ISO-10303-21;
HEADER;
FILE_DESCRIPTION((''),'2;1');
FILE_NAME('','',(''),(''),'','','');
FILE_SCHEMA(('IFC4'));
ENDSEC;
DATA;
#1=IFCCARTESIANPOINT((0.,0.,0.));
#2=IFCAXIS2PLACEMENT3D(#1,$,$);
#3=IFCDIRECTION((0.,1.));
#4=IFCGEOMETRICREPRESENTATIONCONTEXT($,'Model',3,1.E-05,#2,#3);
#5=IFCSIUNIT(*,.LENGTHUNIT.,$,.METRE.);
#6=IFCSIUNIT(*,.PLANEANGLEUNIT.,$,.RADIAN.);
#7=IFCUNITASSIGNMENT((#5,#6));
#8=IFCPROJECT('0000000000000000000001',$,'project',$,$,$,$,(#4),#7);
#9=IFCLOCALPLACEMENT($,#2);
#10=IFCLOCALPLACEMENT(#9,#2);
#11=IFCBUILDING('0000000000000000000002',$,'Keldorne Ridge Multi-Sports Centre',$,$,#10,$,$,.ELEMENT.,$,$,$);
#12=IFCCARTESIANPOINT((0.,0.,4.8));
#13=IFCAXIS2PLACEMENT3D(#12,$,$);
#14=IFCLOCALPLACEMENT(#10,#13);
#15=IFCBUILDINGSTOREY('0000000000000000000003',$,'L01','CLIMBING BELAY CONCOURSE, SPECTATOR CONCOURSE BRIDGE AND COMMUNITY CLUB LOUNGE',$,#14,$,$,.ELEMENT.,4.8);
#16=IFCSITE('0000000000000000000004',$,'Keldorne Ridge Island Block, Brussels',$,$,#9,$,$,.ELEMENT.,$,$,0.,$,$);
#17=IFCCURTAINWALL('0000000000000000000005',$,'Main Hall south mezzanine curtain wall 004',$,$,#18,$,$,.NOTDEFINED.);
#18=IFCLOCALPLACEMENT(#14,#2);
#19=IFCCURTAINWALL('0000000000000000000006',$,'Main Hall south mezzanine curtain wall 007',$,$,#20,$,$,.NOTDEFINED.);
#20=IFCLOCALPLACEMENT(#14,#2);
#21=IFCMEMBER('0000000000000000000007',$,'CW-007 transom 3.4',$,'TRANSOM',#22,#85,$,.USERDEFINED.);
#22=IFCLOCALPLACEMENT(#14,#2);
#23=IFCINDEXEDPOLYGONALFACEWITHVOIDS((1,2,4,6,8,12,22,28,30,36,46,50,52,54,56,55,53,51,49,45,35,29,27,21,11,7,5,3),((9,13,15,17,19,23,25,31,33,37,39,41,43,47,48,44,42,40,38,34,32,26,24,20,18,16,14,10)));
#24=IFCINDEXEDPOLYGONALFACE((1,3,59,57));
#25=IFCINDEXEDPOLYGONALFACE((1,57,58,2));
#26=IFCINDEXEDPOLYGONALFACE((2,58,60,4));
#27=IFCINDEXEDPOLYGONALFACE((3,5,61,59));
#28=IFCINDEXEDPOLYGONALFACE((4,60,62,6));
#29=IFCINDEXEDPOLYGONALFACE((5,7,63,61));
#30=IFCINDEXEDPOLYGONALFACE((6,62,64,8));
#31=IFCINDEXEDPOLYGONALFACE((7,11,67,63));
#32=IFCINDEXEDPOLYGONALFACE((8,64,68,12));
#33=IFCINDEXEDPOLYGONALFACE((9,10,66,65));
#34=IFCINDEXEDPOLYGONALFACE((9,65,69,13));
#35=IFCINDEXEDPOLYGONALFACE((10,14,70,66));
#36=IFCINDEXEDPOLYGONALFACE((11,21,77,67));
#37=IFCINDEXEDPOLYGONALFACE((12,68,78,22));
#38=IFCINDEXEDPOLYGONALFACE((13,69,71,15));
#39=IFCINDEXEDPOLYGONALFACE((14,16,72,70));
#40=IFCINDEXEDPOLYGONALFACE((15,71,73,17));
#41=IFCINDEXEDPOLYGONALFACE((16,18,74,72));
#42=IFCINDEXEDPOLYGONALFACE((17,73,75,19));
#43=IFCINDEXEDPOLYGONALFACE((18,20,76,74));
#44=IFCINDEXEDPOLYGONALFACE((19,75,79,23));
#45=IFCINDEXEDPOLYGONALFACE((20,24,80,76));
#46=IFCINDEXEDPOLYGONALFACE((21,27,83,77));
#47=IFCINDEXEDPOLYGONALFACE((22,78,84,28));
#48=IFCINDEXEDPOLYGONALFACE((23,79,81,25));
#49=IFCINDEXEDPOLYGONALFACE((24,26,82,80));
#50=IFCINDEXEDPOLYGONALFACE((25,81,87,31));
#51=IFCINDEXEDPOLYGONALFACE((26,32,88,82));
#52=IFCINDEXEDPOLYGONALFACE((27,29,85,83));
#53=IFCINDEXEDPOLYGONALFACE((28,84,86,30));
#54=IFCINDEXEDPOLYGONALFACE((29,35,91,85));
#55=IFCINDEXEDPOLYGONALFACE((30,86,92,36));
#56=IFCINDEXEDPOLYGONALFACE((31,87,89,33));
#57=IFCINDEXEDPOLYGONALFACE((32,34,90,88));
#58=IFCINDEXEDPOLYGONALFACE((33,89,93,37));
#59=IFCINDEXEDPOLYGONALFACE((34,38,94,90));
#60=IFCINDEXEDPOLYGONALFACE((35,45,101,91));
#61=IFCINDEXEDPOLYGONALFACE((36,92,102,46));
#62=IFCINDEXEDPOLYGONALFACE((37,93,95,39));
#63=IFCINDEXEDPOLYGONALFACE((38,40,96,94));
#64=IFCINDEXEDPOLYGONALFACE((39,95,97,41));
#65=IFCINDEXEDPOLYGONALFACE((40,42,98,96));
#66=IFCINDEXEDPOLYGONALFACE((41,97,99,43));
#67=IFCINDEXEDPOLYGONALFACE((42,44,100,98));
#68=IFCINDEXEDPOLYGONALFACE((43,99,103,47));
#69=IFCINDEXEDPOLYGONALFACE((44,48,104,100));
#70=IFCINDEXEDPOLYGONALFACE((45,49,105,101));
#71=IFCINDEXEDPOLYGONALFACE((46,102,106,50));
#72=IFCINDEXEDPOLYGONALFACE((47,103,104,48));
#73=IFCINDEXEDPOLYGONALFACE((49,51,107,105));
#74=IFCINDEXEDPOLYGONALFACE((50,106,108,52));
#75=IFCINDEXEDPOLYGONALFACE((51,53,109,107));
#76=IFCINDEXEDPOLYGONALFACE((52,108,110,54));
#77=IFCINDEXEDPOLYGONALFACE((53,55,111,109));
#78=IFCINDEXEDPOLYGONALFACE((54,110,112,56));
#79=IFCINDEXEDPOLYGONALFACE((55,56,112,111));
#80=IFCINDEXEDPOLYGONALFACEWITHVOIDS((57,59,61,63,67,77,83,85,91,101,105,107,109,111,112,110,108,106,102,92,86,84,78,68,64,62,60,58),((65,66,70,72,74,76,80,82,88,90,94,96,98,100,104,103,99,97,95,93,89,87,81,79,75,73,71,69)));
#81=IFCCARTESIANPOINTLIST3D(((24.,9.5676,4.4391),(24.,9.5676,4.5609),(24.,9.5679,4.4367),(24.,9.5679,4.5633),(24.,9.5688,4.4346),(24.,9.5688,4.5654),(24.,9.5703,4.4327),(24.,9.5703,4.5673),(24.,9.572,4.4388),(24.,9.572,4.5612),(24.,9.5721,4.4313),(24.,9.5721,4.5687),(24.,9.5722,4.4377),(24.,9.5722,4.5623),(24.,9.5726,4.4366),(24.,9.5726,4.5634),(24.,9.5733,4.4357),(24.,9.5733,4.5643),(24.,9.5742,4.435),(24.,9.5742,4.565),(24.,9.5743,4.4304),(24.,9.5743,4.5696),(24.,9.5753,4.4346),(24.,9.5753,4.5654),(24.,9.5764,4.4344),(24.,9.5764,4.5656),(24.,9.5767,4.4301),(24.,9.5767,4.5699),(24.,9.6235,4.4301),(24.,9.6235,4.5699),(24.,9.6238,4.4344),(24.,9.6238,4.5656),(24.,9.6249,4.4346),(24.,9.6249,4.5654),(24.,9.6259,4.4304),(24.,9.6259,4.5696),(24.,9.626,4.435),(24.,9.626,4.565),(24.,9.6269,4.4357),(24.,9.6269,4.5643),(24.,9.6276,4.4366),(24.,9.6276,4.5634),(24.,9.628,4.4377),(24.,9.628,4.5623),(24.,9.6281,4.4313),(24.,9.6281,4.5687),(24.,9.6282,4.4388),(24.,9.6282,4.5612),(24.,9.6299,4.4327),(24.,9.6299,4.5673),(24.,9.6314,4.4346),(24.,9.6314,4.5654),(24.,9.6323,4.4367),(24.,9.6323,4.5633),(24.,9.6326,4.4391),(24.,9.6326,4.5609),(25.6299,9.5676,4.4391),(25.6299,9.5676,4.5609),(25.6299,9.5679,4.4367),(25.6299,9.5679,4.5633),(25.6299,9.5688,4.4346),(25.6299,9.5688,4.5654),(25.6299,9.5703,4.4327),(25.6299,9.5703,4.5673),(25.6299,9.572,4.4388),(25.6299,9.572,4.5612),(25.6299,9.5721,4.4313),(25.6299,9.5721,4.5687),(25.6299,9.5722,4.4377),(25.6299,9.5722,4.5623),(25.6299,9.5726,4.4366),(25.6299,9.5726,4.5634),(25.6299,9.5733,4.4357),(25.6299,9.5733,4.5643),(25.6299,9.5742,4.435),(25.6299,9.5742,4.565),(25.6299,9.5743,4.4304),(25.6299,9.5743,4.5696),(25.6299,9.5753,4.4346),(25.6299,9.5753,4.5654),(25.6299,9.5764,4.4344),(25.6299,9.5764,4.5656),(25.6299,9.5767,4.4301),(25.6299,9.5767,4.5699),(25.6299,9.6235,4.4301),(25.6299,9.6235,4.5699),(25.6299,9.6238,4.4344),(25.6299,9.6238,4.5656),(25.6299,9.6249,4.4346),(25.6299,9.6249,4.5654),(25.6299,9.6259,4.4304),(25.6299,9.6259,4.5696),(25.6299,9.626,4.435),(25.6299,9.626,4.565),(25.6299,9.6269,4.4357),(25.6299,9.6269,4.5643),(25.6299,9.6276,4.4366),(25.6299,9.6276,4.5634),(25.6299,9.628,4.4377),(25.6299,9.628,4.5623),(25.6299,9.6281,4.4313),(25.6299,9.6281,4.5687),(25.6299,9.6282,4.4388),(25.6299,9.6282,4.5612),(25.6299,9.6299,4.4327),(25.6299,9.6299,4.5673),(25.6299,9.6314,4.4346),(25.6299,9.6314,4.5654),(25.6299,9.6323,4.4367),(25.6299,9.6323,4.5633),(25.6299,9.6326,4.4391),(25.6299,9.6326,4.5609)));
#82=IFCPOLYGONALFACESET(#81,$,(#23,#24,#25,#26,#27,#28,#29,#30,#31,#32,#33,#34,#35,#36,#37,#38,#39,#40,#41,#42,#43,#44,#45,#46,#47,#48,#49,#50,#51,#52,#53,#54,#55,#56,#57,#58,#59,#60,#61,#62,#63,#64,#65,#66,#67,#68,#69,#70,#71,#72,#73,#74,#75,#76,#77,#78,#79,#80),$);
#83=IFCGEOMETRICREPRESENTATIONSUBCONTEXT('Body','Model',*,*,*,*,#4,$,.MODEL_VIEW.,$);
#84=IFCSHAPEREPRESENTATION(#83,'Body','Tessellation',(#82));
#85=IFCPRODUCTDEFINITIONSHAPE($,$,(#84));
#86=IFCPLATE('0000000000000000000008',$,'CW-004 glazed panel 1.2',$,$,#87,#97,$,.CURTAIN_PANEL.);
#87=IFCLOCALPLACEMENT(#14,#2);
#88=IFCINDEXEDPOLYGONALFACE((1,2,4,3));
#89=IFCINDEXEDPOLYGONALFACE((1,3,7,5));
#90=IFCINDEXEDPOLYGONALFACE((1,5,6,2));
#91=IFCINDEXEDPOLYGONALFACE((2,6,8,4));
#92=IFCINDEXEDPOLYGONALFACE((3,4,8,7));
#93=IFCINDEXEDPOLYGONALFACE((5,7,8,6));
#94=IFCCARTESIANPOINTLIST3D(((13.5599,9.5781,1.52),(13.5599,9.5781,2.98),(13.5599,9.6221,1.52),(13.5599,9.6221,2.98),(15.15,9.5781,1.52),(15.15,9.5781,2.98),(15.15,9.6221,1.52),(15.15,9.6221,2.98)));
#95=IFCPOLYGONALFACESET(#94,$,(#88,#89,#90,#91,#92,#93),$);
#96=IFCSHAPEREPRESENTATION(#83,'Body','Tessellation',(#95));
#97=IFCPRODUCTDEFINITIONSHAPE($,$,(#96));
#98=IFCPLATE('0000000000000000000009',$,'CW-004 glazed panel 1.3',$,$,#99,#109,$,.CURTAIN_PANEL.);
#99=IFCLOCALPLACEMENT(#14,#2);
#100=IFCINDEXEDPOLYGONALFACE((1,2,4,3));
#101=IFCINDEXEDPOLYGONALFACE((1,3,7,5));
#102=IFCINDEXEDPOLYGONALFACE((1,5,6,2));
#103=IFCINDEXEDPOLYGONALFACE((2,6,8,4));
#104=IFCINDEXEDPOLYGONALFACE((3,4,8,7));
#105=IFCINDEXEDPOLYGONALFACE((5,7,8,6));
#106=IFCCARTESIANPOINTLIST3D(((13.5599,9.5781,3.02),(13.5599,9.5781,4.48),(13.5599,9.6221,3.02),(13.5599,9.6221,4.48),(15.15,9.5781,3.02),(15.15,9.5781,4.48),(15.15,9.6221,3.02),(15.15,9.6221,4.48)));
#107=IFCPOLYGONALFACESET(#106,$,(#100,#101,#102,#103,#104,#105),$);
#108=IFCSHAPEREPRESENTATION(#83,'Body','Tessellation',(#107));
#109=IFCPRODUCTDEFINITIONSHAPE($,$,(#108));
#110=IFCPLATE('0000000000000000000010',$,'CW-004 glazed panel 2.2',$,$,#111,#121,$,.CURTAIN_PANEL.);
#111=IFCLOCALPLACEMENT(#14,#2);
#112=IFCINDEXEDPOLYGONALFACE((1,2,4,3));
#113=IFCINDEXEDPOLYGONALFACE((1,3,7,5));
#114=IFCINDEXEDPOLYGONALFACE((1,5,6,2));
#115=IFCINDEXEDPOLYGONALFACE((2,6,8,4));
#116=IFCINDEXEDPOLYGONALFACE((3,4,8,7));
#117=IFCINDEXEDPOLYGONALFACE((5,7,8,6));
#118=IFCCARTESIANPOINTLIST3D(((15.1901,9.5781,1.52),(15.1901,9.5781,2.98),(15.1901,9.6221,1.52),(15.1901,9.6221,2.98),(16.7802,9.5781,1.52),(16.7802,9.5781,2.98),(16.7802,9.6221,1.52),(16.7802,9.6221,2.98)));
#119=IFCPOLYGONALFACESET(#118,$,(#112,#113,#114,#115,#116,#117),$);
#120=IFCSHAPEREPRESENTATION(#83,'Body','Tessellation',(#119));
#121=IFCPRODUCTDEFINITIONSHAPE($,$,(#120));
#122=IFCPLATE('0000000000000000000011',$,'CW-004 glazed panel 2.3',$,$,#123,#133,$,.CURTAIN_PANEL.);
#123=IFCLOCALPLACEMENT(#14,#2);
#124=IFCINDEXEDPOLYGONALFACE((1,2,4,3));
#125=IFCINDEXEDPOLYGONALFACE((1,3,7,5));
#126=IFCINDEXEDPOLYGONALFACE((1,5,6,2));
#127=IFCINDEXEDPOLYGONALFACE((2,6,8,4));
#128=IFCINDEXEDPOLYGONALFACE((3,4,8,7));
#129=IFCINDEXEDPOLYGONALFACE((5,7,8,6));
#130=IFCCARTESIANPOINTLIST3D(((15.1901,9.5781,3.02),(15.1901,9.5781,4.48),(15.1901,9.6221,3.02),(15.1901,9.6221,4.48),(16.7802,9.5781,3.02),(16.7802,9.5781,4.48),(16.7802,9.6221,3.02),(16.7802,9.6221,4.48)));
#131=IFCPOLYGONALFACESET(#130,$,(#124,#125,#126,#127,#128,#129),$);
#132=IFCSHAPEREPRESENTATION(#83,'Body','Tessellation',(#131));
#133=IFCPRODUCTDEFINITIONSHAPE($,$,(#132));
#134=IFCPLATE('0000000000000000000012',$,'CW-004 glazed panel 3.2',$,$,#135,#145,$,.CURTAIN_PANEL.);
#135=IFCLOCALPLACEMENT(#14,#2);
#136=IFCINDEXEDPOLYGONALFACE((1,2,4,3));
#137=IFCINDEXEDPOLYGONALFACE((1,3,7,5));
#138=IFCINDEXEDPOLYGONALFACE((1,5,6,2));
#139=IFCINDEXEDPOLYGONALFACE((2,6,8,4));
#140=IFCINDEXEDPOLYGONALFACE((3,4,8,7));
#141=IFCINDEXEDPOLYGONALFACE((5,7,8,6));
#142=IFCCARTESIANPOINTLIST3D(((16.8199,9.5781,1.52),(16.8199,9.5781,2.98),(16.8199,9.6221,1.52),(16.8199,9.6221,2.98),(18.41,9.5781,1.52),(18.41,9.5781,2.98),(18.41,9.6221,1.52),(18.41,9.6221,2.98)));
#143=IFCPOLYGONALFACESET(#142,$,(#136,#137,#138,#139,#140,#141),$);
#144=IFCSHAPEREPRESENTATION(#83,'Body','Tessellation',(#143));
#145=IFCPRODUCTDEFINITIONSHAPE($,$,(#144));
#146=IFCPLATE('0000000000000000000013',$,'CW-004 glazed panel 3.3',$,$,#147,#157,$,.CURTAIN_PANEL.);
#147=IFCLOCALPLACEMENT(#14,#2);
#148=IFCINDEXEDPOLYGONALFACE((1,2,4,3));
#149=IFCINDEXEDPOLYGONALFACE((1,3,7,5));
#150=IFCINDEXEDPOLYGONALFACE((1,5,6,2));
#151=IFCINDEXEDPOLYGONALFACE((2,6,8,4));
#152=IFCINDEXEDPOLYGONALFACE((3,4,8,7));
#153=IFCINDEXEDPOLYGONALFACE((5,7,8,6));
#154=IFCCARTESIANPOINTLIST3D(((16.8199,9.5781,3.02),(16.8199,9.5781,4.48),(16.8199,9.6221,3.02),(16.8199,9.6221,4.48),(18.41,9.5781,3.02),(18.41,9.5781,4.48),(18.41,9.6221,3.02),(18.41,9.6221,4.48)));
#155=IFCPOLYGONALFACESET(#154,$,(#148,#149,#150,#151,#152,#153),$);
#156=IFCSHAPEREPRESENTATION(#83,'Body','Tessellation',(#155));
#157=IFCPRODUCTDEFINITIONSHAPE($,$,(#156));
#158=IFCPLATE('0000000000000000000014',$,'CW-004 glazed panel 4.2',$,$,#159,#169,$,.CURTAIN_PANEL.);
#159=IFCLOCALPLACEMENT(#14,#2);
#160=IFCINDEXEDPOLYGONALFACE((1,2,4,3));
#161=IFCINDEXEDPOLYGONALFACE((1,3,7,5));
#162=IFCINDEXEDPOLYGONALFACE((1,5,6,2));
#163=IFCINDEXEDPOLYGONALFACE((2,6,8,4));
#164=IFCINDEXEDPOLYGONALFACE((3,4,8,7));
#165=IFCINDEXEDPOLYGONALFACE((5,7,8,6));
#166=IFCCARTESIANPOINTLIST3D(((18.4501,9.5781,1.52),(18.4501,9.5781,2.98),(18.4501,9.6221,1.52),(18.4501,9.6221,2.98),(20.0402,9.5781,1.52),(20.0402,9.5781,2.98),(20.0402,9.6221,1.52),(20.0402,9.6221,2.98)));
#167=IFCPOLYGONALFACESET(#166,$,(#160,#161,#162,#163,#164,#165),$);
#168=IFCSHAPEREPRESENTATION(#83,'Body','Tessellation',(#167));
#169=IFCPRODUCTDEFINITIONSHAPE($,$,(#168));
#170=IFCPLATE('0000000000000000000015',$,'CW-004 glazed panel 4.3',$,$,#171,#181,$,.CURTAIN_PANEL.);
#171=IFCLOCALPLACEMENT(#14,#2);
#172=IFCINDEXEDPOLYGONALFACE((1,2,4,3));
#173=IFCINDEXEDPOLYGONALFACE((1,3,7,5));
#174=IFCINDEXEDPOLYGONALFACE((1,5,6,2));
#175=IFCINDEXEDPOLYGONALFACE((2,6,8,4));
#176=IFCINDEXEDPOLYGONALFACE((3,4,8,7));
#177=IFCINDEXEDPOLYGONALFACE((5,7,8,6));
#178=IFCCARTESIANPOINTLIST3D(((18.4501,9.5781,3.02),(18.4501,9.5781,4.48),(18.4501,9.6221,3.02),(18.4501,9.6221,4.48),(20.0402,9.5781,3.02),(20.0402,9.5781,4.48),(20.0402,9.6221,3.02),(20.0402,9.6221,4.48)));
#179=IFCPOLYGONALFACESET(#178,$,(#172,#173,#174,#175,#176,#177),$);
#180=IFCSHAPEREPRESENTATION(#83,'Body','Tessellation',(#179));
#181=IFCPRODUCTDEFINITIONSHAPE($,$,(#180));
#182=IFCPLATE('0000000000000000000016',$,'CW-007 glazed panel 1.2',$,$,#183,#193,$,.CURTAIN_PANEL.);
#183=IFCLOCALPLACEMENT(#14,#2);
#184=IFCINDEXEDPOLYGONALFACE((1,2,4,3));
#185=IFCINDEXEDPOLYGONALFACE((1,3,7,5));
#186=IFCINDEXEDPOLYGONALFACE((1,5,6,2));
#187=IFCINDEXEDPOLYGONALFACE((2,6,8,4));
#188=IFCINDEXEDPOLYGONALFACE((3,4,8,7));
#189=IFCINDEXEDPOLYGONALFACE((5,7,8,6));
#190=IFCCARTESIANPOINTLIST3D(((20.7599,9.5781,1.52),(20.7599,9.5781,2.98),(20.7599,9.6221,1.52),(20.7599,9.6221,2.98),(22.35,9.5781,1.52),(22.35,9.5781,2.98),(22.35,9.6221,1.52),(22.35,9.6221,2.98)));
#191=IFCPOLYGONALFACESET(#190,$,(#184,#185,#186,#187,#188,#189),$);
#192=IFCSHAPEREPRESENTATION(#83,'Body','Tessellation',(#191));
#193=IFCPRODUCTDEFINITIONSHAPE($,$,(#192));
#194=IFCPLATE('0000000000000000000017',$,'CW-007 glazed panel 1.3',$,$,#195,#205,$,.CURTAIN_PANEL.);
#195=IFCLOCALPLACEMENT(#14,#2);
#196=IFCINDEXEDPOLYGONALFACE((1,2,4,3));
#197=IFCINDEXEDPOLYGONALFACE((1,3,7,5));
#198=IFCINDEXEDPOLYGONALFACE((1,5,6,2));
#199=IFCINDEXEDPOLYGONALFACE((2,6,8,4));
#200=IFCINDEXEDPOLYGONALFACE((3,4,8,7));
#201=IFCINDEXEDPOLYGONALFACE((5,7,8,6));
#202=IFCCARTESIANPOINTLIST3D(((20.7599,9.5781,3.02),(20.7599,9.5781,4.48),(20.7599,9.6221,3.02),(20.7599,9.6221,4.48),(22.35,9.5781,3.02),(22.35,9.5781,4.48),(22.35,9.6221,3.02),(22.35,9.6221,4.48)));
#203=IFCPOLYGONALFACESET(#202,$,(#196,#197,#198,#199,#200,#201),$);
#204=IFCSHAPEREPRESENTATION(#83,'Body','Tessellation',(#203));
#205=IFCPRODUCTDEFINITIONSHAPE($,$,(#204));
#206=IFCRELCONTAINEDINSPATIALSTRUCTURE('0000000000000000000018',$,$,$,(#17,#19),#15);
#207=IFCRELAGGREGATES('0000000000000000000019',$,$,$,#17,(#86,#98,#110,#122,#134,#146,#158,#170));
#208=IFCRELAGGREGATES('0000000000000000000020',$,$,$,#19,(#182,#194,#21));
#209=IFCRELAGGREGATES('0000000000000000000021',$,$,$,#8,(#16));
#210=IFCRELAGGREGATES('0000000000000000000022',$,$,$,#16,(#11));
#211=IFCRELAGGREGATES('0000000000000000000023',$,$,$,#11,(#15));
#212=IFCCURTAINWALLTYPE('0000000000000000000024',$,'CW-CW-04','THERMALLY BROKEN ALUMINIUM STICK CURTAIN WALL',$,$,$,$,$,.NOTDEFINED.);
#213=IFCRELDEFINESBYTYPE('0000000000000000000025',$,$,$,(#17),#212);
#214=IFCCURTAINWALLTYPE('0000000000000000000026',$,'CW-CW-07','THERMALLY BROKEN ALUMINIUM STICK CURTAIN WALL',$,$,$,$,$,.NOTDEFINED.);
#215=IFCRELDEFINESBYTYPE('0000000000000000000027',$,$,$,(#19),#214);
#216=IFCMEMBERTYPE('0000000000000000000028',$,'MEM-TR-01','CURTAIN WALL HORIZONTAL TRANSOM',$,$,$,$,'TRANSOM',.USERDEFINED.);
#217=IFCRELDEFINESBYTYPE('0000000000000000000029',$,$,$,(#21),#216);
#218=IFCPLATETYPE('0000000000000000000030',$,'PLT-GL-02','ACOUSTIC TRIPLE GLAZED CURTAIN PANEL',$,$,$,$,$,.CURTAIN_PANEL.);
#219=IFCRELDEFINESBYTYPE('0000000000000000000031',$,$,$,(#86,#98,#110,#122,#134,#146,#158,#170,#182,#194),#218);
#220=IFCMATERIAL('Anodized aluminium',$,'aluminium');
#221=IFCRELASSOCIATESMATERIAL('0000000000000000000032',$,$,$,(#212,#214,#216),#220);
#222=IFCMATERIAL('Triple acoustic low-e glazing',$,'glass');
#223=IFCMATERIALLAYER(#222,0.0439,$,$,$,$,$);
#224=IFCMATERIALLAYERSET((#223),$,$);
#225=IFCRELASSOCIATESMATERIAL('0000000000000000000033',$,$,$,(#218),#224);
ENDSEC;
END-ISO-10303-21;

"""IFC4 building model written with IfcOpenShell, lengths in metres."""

from ifc_helpers import new_model, si_unit, direction, frame, origin, origin_2d, place, context, subcontext, project, spatial, rectangle, hollow_rectangle, extrude, material, layer, layer_set, material_profile, profile_set, type_object, element, aggregate, save


model = new_model("IFC4")

# Units and contexts
model_context = context("Model", 3, precision=1e-05, world=origin(), true_north=direction((0.0, 1.0)))
body_context = subcontext(model_context, "Body", "Model", "MODEL_VIEW")
ifc_project = project(units=[si_unit("LENGTHUNIT", "METRE"), si_unit("PLANEANGLEUNIT", "RADIAN")], contexts=[model_context])

# Site, building, storey
site_placement = place(None, origin())
site = spatial("IfcSite", under=ifc_project, at=site_placement, Name="Keldorne Ridge Island Block, Brussels", CompositionType="ELEMENT", RefElevation=0.0)
building_placement = place(site_placement, origin())
building = spatial("IfcBuilding", under=site, at=building_placement, Name="Keldorne Ridge Multi-Sports Centre", CompositionType="ELEMENT")
storey_placement = place(building_placement, frame((0.0, 0.0, 4.8)))
storey = spatial("IfcBuildingStorey", under=building, at=storey_placement, Name="L01", Description="CLIMBING BELAY CONCOURSE, SPECTATOR CONCOURSE BRIDGE AND COMMUNITY CLUB LOUNGE", CompositionType="ELEMENT", Elevation=4.8)

# Curtain walls, member
ifc_material_1 = material(Name="Anodized aluminium", Category="aluminium")
curtain_wall_type_1 = type_object("IfcCurtainWallType", Name="CW-CW-04", Description="THERMALLY BROKEN ALUMINIUM STICK CURTAIN WALL", PredefinedType="NOTDEFINED", material=ifc_material_1)
curtain_wall_1_placement = place(storey_placement, origin())
curtain_wall_1 = element("IfcCurtainWall", 1, at=curtain_wall_1_placement, inside=storey, type_object=curtain_wall_type_1, Name="Main Hall south mezzanine curtain wall 004", PredefinedType="NOTDEFINED")
ifc_material_profile_1 = material_profile(ifc_material_1, hollow_rectangle(XDim=0.0649, YDim=0.1399, WallThickness=0.0044, InnerFilletRadius=0.0044, OuterFilletRadius=0.009, at=origin_2d()), Name="ALU TRANSOM 140x65x4.5")
ifc_profile_set_1 = profile_set([ifc_material_profile_1], Name="Anodized aluminium")
member_type = type_object("IfcMemberType", Name="MEM-TR-01", Description="CURTAIN WALL HORIZONTAL TRANSOM", ElementType="TRANSOM", PredefinedType="USERDEFINED", material=ifc_profile_set_1)
curtain_wall_type_2 = type_object("IfcCurtainWallType", Name="CW-CW-07", Description="THERMALLY BROKEN ALUMINIUM STICK CURTAIN WALL", PredefinedType="NOTDEFINED", material=ifc_material_1)
curtain_wall_2_placement = place(storey_placement, origin())
curtain_wall_2 = element("IfcCurtainWall", 2, at=curtain_wall_2_placement, inside=storey, type_object=curtain_wall_type_2, Name="Main Hall south mezzanine curtain wall 007", PredefinedType="NOTDEFINED")
member_1_placement = place(storey_placement, frame((24.0, 9.6001, 4.5), z_axis=(1.0, 0.0, 0.0), x_axis=(0.0, 1.0, 0.0)))
member_1 = element("IfcMember", 3, at=member_1_placement, type_object=member_type, Name="CW-007 transom 3.4", ObjectType="TRANSOM", PredefinedType="USERDEFINED", context=body_context, shape_type="SweptSolid", body=[
    extrude(hollow_rectangle(XDim=0.0649, YDim=0.1399, WallThickness=0.0044, InnerFilletRadius=0.0044, OuterFilletRadius=0.009, at=origin_2d()), origin(), (0.0, 0.0, 1.0), 1.6299),
])

# Plates
ifc_material_2 = material(Name="Triple acoustic low-e glazing", Category="glass")
ifc_layer_1 = layer(ifc_material_2, 0.0439)
ifc_layer_set_1 = layer_set([ifc_layer_1])
plate_type_1 = type_object("IfcPlateType", Name="PLT-GL-02", Description="ACOUSTIC TRIPLE GLAZED CURTAIN PANEL", PredefinedType="CURTAIN_PANEL", material=ifc_layer_set_1)
plate_1_placement = place(storey_placement, frame((14.355, 9.6001, 1.52), z_axis=(0.0, 0.0, 1.0), x_axis=(1.0, 0.0, 0.0)))
plate_1 = element("IfcPlate", 4, at=plate_1_placement, type_object=plate_type_1, Name="CW-004 glazed panel 1.2", PredefinedType="CURTAIN_PANEL", context=body_context, shape_type="SweptSolid", body=[
    extrude(rectangle(XDim=1.5901, YDim=0.0439, at=origin_2d()), origin(), (0.0, 0.0, 1.0), 1.46),
])
plate_2_placement = place(storey_placement, frame((14.355, 9.6001, 3.02), z_axis=(0.0, 0.0, 1.0), x_axis=(1.0, 0.0, 0.0)))
plate_2 = element("IfcPlate", 5, at=plate_2_placement, type_object=plate_type_1, Name="CW-004 glazed panel 1.3", PredefinedType="CURTAIN_PANEL", context=body_context, shape_type="SweptSolid", body=[
    extrude(rectangle(XDim=1.5901, YDim=0.0439, at=origin_2d()), origin(), (0.0, 0.0, 1.0), 1.46),
])
plate_3_placement = place(storey_placement, frame((15.9851, 9.6001, 1.52), z_axis=(0.0, 0.0, 1.0), x_axis=(1.0, 0.0, 0.0)))
plate_3 = element("IfcPlate", 6, at=plate_3_placement, type_object=plate_type_1, Name="CW-004 glazed panel 2.2", PredefinedType="CURTAIN_PANEL", context=body_context, shape_type="SweptSolid", body=[
    extrude(rectangle(XDim=1.5901, YDim=0.0439, at=origin_2d()), origin(), (0.0, 0.0, 1.0), 1.46),
])
plate_4_placement = place(storey_placement, frame((15.9851, 9.6001, 3.02), z_axis=(0.0, 0.0, 1.0), x_axis=(1.0, 0.0, 0.0)))
plate_4 = element("IfcPlate", 7, at=plate_4_placement, type_object=plate_type_1, Name="CW-004 glazed panel 2.3", PredefinedType="CURTAIN_PANEL", context=body_context, shape_type="SweptSolid", body=[
    extrude(rectangle(XDim=1.5901, YDim=0.0439, at=origin_2d()), origin(), (0.0, 0.0, 1.0), 1.46),
])
plate_5_placement = place(storey_placement, frame((17.615, 9.6001, 1.52), z_axis=(0.0, 0.0, 1.0), x_axis=(1.0, 0.0, 0.0)))
plate_5 = element("IfcPlate", 8, at=plate_5_placement, type_object=plate_type_1, Name="CW-004 glazed panel 3.2", PredefinedType="CURTAIN_PANEL", context=body_context, shape_type="SweptSolid", body=[
    extrude(rectangle(XDim=1.5901, YDim=0.0439, at=origin_2d()), origin(), (0.0, 0.0, 1.0), 1.46),
])
plate_6_placement = place(storey_placement, frame((17.615, 9.6001, 3.02), z_axis=(0.0, 0.0, 1.0), x_axis=(1.0, 0.0, 0.0)))
plate_6 = element("IfcPlate", 9, at=plate_6_placement, type_object=plate_type_1, Name="CW-004 glazed panel 3.3", PredefinedType="CURTAIN_PANEL", context=body_context, shape_type="SweptSolid", body=[
    extrude(rectangle(XDim=1.5901, YDim=0.0439, at=origin_2d()), origin(), (0.0, 0.0, 1.0), 1.46),
])
plate_7_placement = place(storey_placement, frame((19.2451, 9.6001, 1.52), z_axis=(0.0, 0.0, 1.0), x_axis=(1.0, 0.0, 0.0)))
plate_7 = element("IfcPlate", 10, at=plate_7_placement, type_object=plate_type_1, Name="CW-004 glazed panel 4.2", PredefinedType="CURTAIN_PANEL", context=body_context, shape_type="SweptSolid", body=[
    extrude(rectangle(XDim=1.5901, YDim=0.0439, at=origin_2d()), origin(), (0.0, 0.0, 1.0), 1.46),
])
plate_8_placement = place(storey_placement, frame((19.2451, 9.6001, 3.02), z_axis=(0.0, 0.0, 1.0), x_axis=(1.0, 0.0, 0.0)))
plate_8 = element("IfcPlate", 11, at=plate_8_placement, type_object=plate_type_1, Name="CW-004 glazed panel 4.3", PredefinedType="CURTAIN_PANEL", context=body_context, shape_type="SweptSolid", body=[
    extrude(rectangle(XDim=1.5901, YDim=0.0439, at=origin_2d()), origin(), (0.0, 0.0, 1.0), 1.46),
])
aggregate(curtain_wall_1, [plate_1, plate_2, plate_3, plate_4, plate_5, plate_6, plate_7, plate_8])
plate_9_placement = place(storey_placement, frame((21.5549, 9.6001, 1.52), z_axis=(0.0, 0.0, 1.0), x_axis=(1.0, 0.0, 0.0)))
plate_9 = element("IfcPlate", 12, at=plate_9_placement, type_object=plate_type_1, Name="CW-007 glazed panel 1.2", PredefinedType="CURTAIN_PANEL", context=body_context, shape_type="SweptSolid", body=[
    extrude(rectangle(XDim=1.5901, YDim=0.0439, at=origin_2d()), origin(), (0.0, 0.0, 1.0), 1.46),
])
plate_10_placement = place(storey_placement, frame((21.5549, 9.6001, 3.02), z_axis=(0.0, 0.0, 1.0), x_axis=(1.0, 0.0, 0.0)))
plate_10 = element("IfcPlate", 13, at=plate_10_placement, type_object=plate_type_1, Name="CW-007 glazed panel 1.3", PredefinedType="CURTAIN_PANEL", context=body_context, shape_type="SweptSolid", body=[
    extrude(rectangle(XDim=1.5901, YDim=0.0439, at=origin_2d()), origin(), (0.0, 0.0, 1.0), 1.46),
])
aggregate(curtain_wall_2, [plate_9, plate_10, member_1])

save(model, "model.ifc")
